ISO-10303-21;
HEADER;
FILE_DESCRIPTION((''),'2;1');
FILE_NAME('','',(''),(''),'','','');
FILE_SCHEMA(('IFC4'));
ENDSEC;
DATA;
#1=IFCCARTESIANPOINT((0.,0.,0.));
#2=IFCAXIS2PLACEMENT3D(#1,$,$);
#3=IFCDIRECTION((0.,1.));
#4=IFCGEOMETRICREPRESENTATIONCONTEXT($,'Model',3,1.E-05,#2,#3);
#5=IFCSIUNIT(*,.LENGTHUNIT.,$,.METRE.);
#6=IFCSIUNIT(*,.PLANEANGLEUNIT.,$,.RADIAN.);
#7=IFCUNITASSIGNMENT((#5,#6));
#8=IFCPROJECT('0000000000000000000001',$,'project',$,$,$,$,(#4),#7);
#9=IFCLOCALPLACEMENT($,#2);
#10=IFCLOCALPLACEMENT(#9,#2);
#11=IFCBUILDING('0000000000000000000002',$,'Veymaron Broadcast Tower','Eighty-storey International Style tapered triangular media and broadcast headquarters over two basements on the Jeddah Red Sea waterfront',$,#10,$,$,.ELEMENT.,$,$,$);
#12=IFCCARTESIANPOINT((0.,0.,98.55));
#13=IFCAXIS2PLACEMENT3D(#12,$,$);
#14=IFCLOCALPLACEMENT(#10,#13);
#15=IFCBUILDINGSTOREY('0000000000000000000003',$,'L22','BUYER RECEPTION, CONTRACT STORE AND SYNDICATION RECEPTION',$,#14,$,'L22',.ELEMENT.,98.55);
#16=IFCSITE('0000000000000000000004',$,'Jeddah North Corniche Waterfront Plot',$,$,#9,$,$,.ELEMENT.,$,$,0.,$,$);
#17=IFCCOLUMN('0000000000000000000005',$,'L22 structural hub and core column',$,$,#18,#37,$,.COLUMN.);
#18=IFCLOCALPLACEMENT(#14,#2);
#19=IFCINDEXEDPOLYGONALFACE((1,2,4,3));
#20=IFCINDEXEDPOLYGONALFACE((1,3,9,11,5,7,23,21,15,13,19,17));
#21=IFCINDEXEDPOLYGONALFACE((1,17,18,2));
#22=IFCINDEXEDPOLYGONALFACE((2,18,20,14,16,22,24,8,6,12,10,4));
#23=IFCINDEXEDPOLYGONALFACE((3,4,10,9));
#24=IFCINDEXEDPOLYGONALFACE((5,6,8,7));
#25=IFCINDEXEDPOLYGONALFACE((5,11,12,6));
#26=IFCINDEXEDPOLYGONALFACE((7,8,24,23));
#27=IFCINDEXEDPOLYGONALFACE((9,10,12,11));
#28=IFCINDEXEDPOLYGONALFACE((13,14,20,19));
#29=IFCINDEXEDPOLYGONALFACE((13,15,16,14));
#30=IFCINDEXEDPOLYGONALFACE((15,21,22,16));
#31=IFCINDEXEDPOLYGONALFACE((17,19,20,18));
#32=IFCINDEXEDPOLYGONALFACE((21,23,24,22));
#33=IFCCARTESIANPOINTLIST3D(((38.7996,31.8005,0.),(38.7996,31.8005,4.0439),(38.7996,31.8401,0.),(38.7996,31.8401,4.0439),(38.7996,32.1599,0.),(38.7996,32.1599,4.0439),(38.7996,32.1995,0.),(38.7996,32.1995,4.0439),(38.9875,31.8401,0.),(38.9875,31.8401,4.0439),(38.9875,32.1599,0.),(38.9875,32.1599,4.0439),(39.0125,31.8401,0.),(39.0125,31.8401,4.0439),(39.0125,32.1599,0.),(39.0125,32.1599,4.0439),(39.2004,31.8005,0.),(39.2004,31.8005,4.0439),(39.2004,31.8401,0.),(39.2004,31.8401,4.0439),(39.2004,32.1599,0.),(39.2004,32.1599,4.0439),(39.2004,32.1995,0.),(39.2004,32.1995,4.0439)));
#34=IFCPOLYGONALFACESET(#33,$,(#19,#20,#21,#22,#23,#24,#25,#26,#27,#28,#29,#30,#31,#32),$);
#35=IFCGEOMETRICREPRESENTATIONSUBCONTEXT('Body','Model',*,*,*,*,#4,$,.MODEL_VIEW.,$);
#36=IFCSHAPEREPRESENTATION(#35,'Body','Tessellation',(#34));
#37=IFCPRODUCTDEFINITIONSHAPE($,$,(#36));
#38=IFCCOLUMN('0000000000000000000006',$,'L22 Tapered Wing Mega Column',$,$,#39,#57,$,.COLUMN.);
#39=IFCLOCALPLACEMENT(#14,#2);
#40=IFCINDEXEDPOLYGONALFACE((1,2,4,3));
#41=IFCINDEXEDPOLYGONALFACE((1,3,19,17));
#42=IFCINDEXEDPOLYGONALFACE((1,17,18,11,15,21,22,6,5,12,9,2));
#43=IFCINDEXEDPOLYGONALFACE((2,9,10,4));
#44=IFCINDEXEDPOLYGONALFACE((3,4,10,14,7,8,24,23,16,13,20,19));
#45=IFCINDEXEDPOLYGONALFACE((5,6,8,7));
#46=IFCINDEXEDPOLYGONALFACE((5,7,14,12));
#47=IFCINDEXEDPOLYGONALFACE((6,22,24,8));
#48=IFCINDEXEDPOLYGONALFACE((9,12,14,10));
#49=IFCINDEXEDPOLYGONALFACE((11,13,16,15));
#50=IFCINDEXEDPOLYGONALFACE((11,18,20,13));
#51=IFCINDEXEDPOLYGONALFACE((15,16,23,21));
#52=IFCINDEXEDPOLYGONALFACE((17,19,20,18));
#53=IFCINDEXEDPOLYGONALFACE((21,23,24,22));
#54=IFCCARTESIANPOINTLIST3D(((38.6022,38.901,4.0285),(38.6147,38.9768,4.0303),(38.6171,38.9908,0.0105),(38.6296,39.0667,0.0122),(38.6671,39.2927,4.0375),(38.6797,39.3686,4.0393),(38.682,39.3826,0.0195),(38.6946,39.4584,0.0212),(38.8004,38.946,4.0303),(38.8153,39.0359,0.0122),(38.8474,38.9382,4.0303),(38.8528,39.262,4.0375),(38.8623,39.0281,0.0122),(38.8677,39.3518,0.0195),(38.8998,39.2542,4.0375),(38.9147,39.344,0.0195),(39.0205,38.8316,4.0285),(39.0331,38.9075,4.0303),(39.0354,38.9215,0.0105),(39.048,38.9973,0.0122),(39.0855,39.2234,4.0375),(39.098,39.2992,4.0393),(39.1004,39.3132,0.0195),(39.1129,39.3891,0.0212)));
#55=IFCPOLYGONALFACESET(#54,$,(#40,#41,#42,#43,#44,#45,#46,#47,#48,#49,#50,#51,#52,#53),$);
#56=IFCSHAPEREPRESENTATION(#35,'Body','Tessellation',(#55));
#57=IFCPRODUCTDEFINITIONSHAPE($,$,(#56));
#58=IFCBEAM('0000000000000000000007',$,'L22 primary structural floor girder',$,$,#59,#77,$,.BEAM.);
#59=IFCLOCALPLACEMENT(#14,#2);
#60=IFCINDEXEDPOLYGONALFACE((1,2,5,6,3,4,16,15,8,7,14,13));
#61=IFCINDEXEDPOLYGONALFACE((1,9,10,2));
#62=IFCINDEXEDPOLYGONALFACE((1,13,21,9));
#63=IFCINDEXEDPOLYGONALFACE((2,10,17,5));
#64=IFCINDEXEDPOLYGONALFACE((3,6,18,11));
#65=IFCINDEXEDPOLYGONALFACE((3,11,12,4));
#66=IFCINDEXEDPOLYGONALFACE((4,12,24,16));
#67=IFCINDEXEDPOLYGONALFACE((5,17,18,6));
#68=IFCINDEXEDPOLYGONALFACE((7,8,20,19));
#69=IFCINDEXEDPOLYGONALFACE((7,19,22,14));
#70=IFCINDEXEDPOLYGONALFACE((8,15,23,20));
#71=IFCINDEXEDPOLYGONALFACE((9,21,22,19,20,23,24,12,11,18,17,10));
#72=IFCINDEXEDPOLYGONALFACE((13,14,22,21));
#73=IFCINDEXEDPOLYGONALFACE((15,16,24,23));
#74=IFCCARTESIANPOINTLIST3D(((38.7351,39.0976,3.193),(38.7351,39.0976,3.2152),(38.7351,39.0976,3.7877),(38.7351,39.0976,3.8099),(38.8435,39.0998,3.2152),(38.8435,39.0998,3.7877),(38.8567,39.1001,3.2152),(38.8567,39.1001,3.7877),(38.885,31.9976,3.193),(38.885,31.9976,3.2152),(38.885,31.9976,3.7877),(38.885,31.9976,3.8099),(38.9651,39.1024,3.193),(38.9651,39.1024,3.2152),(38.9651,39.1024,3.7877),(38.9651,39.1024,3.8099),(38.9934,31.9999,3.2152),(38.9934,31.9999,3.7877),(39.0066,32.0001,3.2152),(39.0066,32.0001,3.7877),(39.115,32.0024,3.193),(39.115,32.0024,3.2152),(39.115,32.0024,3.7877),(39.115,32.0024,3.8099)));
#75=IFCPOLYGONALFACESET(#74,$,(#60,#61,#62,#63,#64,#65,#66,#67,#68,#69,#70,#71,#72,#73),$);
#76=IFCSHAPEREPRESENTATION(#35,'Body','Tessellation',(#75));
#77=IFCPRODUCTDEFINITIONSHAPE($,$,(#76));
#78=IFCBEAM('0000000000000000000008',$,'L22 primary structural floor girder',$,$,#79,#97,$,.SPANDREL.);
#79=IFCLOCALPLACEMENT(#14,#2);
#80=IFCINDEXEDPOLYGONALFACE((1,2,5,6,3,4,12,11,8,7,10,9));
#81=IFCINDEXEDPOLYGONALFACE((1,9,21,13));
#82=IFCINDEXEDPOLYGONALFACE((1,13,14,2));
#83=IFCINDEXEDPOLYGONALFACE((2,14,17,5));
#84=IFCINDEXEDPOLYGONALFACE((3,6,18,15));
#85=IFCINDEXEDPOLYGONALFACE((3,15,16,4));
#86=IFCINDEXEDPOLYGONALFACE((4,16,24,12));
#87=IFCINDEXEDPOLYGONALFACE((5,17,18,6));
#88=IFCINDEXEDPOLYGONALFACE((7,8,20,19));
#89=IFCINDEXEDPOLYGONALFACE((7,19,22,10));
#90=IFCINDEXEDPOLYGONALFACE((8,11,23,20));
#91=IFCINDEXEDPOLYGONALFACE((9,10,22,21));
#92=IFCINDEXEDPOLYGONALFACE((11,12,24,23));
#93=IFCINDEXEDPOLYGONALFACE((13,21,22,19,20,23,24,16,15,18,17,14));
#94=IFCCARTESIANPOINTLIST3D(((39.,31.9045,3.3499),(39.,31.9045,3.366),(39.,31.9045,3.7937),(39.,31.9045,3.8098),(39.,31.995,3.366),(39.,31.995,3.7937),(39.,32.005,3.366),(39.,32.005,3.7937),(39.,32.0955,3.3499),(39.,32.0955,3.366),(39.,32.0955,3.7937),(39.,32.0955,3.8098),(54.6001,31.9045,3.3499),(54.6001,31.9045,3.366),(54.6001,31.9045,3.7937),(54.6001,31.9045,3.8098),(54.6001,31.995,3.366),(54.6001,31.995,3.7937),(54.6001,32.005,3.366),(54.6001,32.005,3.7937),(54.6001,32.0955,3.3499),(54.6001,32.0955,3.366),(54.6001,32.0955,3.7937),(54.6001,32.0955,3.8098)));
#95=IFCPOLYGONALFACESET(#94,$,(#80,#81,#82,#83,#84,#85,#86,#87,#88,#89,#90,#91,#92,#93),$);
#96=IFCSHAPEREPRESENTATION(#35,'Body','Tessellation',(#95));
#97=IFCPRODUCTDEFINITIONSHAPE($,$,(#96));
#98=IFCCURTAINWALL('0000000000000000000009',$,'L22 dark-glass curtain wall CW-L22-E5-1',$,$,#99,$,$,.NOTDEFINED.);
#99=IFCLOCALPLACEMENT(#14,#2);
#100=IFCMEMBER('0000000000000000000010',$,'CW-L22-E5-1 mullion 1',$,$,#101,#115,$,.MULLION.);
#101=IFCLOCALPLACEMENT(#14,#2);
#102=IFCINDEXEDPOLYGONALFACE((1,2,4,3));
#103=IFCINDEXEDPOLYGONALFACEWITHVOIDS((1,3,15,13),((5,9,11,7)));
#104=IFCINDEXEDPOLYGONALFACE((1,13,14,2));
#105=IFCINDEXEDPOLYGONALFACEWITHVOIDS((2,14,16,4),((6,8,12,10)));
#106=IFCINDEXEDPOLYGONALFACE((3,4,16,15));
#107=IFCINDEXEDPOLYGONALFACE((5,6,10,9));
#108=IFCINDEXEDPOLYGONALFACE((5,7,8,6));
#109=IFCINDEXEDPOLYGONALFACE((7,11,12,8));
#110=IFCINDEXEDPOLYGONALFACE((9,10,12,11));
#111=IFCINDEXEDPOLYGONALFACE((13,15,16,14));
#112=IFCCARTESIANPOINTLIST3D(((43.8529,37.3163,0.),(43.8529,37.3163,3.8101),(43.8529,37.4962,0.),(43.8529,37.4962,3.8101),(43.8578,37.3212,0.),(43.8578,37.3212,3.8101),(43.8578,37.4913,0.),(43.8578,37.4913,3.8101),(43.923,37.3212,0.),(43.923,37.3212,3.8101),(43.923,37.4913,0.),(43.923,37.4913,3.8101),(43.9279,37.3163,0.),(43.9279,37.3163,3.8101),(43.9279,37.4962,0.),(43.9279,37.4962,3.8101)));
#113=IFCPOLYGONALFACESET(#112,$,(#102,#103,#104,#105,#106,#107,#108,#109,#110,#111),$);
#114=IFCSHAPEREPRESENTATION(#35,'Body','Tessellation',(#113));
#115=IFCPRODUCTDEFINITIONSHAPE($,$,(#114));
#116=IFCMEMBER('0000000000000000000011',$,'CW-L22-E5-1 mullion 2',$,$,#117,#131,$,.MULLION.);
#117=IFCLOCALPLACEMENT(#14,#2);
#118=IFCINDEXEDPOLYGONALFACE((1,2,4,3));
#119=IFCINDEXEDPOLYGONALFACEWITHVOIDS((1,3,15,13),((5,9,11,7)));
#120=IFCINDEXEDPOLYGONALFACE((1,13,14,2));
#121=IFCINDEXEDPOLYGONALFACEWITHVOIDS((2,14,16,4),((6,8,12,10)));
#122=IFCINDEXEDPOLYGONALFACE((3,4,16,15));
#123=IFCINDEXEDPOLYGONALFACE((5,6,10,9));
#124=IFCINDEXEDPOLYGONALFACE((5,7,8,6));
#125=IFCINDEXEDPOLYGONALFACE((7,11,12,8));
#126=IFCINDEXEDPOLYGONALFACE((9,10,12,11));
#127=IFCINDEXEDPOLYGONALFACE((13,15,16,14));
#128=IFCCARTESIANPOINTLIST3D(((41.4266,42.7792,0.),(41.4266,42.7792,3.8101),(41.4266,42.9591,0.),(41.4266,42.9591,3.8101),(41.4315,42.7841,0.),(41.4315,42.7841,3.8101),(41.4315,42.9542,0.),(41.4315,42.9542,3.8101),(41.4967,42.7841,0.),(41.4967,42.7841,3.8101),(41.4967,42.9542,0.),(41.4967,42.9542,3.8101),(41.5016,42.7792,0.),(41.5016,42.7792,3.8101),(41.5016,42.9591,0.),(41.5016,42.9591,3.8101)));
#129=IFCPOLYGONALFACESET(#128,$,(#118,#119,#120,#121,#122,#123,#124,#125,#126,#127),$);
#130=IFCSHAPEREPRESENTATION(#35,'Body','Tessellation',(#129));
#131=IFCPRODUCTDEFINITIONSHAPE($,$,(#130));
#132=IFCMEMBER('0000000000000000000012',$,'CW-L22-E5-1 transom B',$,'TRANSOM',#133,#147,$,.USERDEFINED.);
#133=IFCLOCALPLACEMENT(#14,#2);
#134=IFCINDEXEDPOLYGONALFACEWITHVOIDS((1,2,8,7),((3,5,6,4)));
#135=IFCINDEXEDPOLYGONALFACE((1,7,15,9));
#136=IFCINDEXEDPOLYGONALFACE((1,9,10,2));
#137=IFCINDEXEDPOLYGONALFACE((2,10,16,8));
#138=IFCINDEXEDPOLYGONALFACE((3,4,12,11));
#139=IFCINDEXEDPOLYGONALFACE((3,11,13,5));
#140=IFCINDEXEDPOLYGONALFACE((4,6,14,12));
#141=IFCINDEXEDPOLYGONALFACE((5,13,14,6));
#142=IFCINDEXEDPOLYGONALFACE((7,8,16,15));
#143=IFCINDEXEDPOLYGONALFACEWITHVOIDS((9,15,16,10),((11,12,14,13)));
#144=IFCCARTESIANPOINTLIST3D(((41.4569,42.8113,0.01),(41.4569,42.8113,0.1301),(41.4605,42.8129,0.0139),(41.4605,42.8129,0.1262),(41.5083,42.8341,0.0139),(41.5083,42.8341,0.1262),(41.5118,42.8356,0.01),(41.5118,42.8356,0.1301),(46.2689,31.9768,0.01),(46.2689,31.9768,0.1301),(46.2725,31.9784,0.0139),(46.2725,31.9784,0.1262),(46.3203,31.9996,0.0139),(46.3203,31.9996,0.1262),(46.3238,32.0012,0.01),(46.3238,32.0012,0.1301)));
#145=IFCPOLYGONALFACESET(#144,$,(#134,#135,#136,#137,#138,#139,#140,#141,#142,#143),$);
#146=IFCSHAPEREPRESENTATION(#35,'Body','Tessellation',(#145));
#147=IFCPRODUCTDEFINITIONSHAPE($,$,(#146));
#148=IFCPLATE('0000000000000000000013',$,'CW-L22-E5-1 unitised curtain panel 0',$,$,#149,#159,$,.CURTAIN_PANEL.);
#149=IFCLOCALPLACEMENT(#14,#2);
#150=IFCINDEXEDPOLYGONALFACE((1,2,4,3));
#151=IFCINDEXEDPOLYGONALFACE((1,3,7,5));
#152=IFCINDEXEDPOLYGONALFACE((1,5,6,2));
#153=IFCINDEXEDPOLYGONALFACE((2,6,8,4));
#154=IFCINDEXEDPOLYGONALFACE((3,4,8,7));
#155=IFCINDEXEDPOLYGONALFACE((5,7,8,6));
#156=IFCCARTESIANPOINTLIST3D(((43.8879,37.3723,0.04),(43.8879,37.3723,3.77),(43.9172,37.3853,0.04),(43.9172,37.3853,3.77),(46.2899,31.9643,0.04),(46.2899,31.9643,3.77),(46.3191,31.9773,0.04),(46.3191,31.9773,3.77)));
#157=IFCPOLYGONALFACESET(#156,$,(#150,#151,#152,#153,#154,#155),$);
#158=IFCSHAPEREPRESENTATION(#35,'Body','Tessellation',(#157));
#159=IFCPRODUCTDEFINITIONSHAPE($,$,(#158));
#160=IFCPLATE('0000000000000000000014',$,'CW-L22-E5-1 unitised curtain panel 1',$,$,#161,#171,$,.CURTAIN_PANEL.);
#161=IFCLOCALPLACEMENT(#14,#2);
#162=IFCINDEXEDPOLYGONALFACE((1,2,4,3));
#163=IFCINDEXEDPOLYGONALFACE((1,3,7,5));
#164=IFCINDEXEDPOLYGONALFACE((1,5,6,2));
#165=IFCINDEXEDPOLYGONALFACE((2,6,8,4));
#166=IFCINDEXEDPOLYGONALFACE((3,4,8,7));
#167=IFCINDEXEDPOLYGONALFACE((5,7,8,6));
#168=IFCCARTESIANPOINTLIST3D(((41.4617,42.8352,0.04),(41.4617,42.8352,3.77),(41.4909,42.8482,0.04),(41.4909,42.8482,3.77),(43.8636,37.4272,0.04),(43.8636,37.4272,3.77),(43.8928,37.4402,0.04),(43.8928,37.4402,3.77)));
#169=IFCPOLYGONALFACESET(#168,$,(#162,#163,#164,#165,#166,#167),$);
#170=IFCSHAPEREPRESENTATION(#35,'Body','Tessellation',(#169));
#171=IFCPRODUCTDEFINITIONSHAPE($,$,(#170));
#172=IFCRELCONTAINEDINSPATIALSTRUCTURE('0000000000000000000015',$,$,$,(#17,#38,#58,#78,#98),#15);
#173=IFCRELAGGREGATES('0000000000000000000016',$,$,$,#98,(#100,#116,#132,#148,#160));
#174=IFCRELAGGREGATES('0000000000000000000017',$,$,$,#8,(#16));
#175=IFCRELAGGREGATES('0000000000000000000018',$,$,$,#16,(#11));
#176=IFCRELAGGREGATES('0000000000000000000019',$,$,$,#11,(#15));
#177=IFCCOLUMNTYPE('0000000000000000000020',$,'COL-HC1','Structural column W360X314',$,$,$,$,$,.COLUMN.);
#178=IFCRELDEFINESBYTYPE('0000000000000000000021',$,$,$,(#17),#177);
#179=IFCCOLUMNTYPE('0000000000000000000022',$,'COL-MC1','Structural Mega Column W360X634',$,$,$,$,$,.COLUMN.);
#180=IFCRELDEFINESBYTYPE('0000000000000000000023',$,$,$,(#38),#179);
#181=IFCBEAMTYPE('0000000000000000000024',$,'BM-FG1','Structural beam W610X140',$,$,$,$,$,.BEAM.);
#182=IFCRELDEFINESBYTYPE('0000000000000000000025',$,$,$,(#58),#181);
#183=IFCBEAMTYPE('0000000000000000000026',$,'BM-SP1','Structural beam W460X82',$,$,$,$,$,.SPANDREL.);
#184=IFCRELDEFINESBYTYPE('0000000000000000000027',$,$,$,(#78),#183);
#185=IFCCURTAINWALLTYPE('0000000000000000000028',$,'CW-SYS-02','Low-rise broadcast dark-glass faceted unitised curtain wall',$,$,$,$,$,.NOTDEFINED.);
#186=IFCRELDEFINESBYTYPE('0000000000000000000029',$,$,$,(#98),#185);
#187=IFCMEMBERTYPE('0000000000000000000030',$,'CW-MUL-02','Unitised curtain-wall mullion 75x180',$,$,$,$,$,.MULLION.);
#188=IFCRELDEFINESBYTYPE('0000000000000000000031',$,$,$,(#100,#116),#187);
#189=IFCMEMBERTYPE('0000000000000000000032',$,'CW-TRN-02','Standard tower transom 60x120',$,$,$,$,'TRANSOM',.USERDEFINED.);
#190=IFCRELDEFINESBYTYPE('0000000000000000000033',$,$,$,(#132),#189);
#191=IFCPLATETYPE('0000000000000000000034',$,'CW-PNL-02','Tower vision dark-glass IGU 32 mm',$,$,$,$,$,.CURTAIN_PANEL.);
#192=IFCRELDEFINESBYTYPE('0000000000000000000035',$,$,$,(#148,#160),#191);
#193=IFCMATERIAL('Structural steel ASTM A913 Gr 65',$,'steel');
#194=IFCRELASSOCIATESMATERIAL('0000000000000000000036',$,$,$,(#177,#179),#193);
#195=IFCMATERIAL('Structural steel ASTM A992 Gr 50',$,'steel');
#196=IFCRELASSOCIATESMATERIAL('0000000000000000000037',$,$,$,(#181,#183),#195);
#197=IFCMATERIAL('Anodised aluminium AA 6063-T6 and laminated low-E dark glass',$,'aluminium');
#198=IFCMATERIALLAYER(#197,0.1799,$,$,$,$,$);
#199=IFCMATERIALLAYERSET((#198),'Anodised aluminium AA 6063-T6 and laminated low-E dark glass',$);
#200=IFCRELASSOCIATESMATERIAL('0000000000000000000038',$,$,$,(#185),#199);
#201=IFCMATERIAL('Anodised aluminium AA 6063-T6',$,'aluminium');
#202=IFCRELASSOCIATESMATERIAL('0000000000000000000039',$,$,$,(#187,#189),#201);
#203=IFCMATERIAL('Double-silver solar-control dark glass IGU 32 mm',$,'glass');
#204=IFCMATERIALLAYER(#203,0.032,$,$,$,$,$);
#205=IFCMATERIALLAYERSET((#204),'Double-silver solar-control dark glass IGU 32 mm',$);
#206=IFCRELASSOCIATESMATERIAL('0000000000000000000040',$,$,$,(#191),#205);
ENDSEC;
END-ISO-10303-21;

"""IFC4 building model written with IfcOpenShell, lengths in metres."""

from ifc_helpers import new_model, si_unit, direction, frame, origin, origin_2d, place, context, subcontext, project, spatial, rectangle, hollow_rectangle, i_section, extrude, material, layer, layer_set, material_profile, profile_set, type_object, element, aggregate, save


model = new_model("IFC4")

# Units and contexts
model_context = context("Model", 3, precision=1e-05, world=origin(), true_north=direction((0.0, 1.0)))
body_context = subcontext(model_context, "Body", "Model", "MODEL_VIEW")
ifc_project = project(units=[si_unit("LENGTHUNIT", "METRE"), si_unit("PLANEANGLEUNIT", "RADIAN")], contexts=[model_context])

# Site, building, storey
site_placement = place(None, origin())
site = spatial("IfcSite", under=ifc_project, at=site_placement, Name="Jeddah North Corniche Waterfront Plot", CompositionType="ELEMENT", RefElevation=0.0)
building_placement = place(site_placement, origin())
building = spatial("IfcBuilding", under=site, at=building_placement, Name="Veymaron Broadcast Tower", Description="Eighty-storey International Style tapered triangular media and broadcast headquarters over two basements on the Jeddah Red Sea waterfront", CompositionType="ELEMENT")
storey_placement = place(building_placement, frame((0.0, 0.0, 98.55)))
storey = spatial("IfcBuildingStorey", under=building, at=storey_placement, Name="L22", Description="BUYER RECEPTION, CONTRACT STORE AND SYNDICATION RECEPTION", LongName="L22", CompositionType="ELEMENT", Elevation=98.55)

# Columns
ifc_material_1 = material(Name="Structural steel ASTM A913 Gr 65", Category="steel")
ifc_material_profile_1 = material_profile(ifc_material_1, i_section(OverallWidth=0.4009, OverallDepth=0.3989, WebThickness=0.0249, FlangeThickness=0.0396, at=origin_2d()), Name="W360X314")
ifc_profile_set_1 = profile_set([ifc_material_profile_1], Name="Structural steel ASTM A913 Gr 65")
column_type_1 = type_object("IfcColumnType", Name="COL-HC1", Description="Structural column W360X314", PredefinedType="COLUMN", material=ifc_profile_set_1)
column_1_placement = place(storey_placement, frame((39.0, 32.0, 0.0), z_axis=(0.0, 0.0, 1.0), x_axis=(1.0, 0.0, 0.0)))
element("IfcColumn", 1, at=column_1_placement, inside=storey, type_object=column_type_1, Name="L22 structural hub and core column", PredefinedType="COLUMN", context=body_context, shape_type="SweptSolid", body=[
    extrude(i_section(OverallWidth=0.4009, OverallDepth=0.3989, WebThickness=0.0249, FlangeThickness=0.0396, at=origin_2d()), origin(), (0.0, 0.0, 1.0), 4.0439),
])
ifc_material_profile_2 = material_profile(ifc_material_1, i_section(OverallWidth=0.4241, OverallDepth=0.4741, WebThickness=0.0476, FlangeThickness=0.0769, at=origin_2d()), Name="W360X634")
ifc_profile_set_2 = profile_set([ifc_material_profile_2], Name="Structural steel ASTM A913 Gr 65")
column_type_2 = type_object("IfcColumnType", Name="COL-MC1", Description="Structural Mega Column W360X634", PredefinedType="COLUMN", material=ifc_profile_set_2)
column_2_placement = place(storey_placement, frame((38.865, 39.1899, 0.0159), z_axis=(-0.003705, -0.022354, 0.999743), x_axis=(0.986538, -0.163529, 0.0)))
element("IfcColumn", 2, at=column_2_placement, inside=storey, type_object=column_type_2, Name="L22 Tapered Wing Mega Column", PredefinedType="COLUMN", context=body_context, shape_type="SweptSolid", body=[
    extrude(i_section(OverallWidth=0.4241, OverallDepth=0.4741, WebThickness=0.0476, FlangeThickness=0.0769, at=origin_2d()), origin(), (0.0, 0.0, 1.0), 4.019),
])

# Beams
ifc_material_2 = material(Name="Structural steel ASTM A992 Gr 50", Category="steel")
ifc_material_profile_3 = material_profile(ifc_material_2, i_section(OverallWidth=0.23, OverallDepth=0.6169, WebThickness=0.0132, FlangeThickness=0.0222, at=origin_2d()), Name="W610X140")
ifc_profile_set_3 = profile_set([ifc_material_profile_3], Name="Structural steel ASTM A992 Gr 50")
beam_type_1 = type_object("IfcBeamType", Name="BM-FG1", Description="Structural beam W610X140", PredefinedType="BEAM", material=ifc_profile_set_3)
beam_1_placement = place(storey_placement, frame((39.0, 32.0, 3.5015), z_axis=(-0.021108, 0.999777, 0.0), x_axis=(-0.999777, -0.021108, 0.0)))
element("IfcBeam", 3, at=beam_1_placement, inside=storey, type_object=beam_type_1, Name="L22 primary structural floor girder", PredefinedType="BEAM", context=body_context, shape_type="SweptSolid", body=[
    extrude(i_section(OverallWidth=0.23, OverallDepth=0.6169, WebThickness=0.0132, FlangeThickness=0.0222, at=origin_2d()), origin(), (0.0, 0.0, 1.0), 7.1016),
])
ifc_material_profile_4 = material_profile(ifc_material_2, i_section(OverallWidth=0.1909, OverallDepth=0.46, WebThickness=0.01, FlangeThickness=0.0161, at=origin_2d()), Name="W460X82")
ifc_profile_set_4 = profile_set([ifc_material_profile_4], Name="Structural steel ASTM A992 Gr 50")
beam_type_2 = type_object("IfcBeamType", Name="BM-SP1", Description="Structural beam W460X82", PredefinedType="SPANDREL", material=ifc_profile_set_4)
beam_2_placement = place(storey_placement, frame((39.0, 32.0, 3.5798), z_axis=(1.0, 0.0, 0.0), x_axis=(0.0, 1.0, 0.0)))
element("IfcBeam", 4, at=beam_2_placement, inside=storey, type_object=beam_type_2, Name="L22 primary structural floor girder", PredefinedType="SPANDREL", context=body_context, shape_type="SweptSolid", body=[
    extrude(i_section(OverallWidth=0.1909, OverallDepth=0.46, WebThickness=0.01, FlangeThickness=0.0161, at=origin_2d()), origin(), (0.0, 0.0, 1.0), 15.6001),
])

# Curtain wall, members, plates
ifc_material_3 = material(Name="Anodised aluminium AA 6063-T6 and laminated low-E dark glass", Category="aluminium")
ifc_layer_1 = layer(ifc_material_3, 0.1799)
ifc_layer_set_1 = layer_set([ifc_layer_1], Name="Anodised aluminium AA 6063-T6 and laminated low-E dark glass")
curtain_wall_type = type_object("IfcCurtainWallType", Name="CW-SYS-02", Description="Low-rise broadcast dark-glass faceted unitised curtain wall", PredefinedType="NOTDEFINED", material=ifc_layer_set_1)
curtain_wall_placement = place(storey_placement, origin())
curtain_wall = element("IfcCurtainWall", 5, at=curtain_wall_placement, inside=storey, type_object=curtain_wall_type, Name="L22 dark-glass curtain wall CW-L22-E5-1", PredefinedType="NOTDEFINED")
ifc_material_4 = material(Name="Anodised aluminium AA 6063-T6", Category="aluminium")
ifc_material_profile_5 = material_profile(ifc_material_4, hollow_rectangle(XDim=0.075, YDim=0.1799, WallThickness=0.0049, at=origin_2d()), Name="AL180X75X5")
ifc_profile_set_5 = profile_set([ifc_material_profile_5], Name="Anodised aluminium AA 6063-T6")
member_type_1 = type_object("IfcMemberType", Name="CW-MUL-02", Description="Unitised curtain-wall mullion 75x180", PredefinedType="MULLION", material=ifc_profile_set_5)
member_1_placement = place(storey_placement, frame((43.8904, 37.4062, 0.0), z_axis=(0.0, 0.0, 1.0), x_axis=(1.0, 0.0, 0.0)))
member_1 = element("IfcMember", 6, at=member_1_placement, type_object=member_type_1, Name="CW-L22-E5-1 mullion 1", PredefinedType="MULLION", context=body_context, shape_type="SweptSolid", body=[
    extrude(hollow_rectangle(XDim=0.075, YDim=0.1799, WallThickness=0.0049, at=origin_2d()), origin(), (0.0, 0.0, 1.0), 3.8101),
])
member_2_placement = place(storey_placement, frame((41.4641, 42.8691, 0.0), z_axis=(0.0, 0.0, 1.0), x_axis=(1.0, 0.0, 0.0)))
member_2 = element("IfcMember", 7, at=member_2_placement, type_object=member_type_1, Name="CW-L22-E5-1 mullion 2", PredefinedType="MULLION", context=body_context, shape_type="SweptSolid", body=[
    extrude(hollow_rectangle(XDim=0.075, YDim=0.1799, WallThickness=0.0049, at=origin_2d()), origin(), (0.0, 0.0, 1.0), 3.8101),
])
ifc_material_profile_6 = material_profile(ifc_material_4, hollow_rectangle(XDim=0.0601, YDim=0.1201, WallThickness=0.0039, at=origin_2d()), Name="AL120X60X4")
ifc_profile_set_6 = profile_set([ifc_material_profile_6], Name="Anodised aluminium AA 6063-T6")
member_type_2 = type_object("IfcMemberType", Name="CW-TRN-02", Description="Standard tower transom 60x120", ElementType="TRANSOM", PredefinedType="USERDEFINED", material=ifc_profile_set_6)
member_3_placement = place(storey_placement, frame((46.2964, 31.989, 0.0701), z_axis=(-0.405905, 0.913915, 0.0), x_axis=(-0.913915, -0.405905, 0.0)))
member_3 = element("IfcMember", 8, at=member_3_placement, type_object=member_type_2, Name="CW-L22-E5-1 transom B", ObjectType="TRANSOM", PredefinedType="USERDEFINED", context=body_context, shape_type="SweptSolid", body=[
    extrude(hollow_rectangle(XDim=0.0601, YDim=0.1201, WallThickness=0.0039, at=origin_2d()), origin(), (0.0, 0.0, 1.0), 11.855),
])
ifc_material_5 = material(Name="Double-silver solar-control dark glass IGU 32 mm", Category="glass")
ifc_layer_2 = layer(ifc_material_5, 0.032)
ifc_layer_set_2 = layer_set([ifc_layer_2], Name="Double-silver solar-control dark glass IGU 32 mm")
plate_type = type_object("IfcPlateType", Name="CW-PNL-02", Description="Tower vision dark-glass IGU 32 mm", PredefinedType="CURTAIN_PANEL", material=ifc_layer_set_2)
plate_1_placement = place(storey_placement, frame((45.1035, 34.6748, 0.04), z_axis=(0.0, 0.0, 1.0), x_axis=(-0.405907, 0.913914, 0.0)))
plate_1 = element("IfcPlate", 9, at=plate_1_placement, type_object=plate_type, Name="CW-L22-E5-1 unitised curtain panel 0", PredefinedType="CURTAIN_PANEL", context=body_context, shape_type="SweptSolid", body=[
    extrude(rectangle(XDim=5.9175, YDim=0.032, at=origin_2d()), origin(), (0.0, 0.0, 1.0), 3.73),
])
plate_2_placement = place(storey_placement, frame((42.6772, 40.1377, 0.04), z_axis=(0.0, 0.0, 1.0), x_axis=(-0.405907, 0.913914, 0.0)))
plate_2 = element("IfcPlate", 10, at=plate_2_placement, type_object=plate_type, Name="CW-L22-E5-1 unitised curtain panel 1", PredefinedType="CURTAIN_PANEL", context=body_context, shape_type="SweptSolid", body=[
    extrude(rectangle(XDim=5.9175, YDim=0.032, at=origin_2d()), origin(), (0.0, 0.0, 1.0), 3.73),
])
aggregate(curtain_wall, [member_1, member_2, member_3, plate_1, plate_2])

save(model, "model.ifc")
